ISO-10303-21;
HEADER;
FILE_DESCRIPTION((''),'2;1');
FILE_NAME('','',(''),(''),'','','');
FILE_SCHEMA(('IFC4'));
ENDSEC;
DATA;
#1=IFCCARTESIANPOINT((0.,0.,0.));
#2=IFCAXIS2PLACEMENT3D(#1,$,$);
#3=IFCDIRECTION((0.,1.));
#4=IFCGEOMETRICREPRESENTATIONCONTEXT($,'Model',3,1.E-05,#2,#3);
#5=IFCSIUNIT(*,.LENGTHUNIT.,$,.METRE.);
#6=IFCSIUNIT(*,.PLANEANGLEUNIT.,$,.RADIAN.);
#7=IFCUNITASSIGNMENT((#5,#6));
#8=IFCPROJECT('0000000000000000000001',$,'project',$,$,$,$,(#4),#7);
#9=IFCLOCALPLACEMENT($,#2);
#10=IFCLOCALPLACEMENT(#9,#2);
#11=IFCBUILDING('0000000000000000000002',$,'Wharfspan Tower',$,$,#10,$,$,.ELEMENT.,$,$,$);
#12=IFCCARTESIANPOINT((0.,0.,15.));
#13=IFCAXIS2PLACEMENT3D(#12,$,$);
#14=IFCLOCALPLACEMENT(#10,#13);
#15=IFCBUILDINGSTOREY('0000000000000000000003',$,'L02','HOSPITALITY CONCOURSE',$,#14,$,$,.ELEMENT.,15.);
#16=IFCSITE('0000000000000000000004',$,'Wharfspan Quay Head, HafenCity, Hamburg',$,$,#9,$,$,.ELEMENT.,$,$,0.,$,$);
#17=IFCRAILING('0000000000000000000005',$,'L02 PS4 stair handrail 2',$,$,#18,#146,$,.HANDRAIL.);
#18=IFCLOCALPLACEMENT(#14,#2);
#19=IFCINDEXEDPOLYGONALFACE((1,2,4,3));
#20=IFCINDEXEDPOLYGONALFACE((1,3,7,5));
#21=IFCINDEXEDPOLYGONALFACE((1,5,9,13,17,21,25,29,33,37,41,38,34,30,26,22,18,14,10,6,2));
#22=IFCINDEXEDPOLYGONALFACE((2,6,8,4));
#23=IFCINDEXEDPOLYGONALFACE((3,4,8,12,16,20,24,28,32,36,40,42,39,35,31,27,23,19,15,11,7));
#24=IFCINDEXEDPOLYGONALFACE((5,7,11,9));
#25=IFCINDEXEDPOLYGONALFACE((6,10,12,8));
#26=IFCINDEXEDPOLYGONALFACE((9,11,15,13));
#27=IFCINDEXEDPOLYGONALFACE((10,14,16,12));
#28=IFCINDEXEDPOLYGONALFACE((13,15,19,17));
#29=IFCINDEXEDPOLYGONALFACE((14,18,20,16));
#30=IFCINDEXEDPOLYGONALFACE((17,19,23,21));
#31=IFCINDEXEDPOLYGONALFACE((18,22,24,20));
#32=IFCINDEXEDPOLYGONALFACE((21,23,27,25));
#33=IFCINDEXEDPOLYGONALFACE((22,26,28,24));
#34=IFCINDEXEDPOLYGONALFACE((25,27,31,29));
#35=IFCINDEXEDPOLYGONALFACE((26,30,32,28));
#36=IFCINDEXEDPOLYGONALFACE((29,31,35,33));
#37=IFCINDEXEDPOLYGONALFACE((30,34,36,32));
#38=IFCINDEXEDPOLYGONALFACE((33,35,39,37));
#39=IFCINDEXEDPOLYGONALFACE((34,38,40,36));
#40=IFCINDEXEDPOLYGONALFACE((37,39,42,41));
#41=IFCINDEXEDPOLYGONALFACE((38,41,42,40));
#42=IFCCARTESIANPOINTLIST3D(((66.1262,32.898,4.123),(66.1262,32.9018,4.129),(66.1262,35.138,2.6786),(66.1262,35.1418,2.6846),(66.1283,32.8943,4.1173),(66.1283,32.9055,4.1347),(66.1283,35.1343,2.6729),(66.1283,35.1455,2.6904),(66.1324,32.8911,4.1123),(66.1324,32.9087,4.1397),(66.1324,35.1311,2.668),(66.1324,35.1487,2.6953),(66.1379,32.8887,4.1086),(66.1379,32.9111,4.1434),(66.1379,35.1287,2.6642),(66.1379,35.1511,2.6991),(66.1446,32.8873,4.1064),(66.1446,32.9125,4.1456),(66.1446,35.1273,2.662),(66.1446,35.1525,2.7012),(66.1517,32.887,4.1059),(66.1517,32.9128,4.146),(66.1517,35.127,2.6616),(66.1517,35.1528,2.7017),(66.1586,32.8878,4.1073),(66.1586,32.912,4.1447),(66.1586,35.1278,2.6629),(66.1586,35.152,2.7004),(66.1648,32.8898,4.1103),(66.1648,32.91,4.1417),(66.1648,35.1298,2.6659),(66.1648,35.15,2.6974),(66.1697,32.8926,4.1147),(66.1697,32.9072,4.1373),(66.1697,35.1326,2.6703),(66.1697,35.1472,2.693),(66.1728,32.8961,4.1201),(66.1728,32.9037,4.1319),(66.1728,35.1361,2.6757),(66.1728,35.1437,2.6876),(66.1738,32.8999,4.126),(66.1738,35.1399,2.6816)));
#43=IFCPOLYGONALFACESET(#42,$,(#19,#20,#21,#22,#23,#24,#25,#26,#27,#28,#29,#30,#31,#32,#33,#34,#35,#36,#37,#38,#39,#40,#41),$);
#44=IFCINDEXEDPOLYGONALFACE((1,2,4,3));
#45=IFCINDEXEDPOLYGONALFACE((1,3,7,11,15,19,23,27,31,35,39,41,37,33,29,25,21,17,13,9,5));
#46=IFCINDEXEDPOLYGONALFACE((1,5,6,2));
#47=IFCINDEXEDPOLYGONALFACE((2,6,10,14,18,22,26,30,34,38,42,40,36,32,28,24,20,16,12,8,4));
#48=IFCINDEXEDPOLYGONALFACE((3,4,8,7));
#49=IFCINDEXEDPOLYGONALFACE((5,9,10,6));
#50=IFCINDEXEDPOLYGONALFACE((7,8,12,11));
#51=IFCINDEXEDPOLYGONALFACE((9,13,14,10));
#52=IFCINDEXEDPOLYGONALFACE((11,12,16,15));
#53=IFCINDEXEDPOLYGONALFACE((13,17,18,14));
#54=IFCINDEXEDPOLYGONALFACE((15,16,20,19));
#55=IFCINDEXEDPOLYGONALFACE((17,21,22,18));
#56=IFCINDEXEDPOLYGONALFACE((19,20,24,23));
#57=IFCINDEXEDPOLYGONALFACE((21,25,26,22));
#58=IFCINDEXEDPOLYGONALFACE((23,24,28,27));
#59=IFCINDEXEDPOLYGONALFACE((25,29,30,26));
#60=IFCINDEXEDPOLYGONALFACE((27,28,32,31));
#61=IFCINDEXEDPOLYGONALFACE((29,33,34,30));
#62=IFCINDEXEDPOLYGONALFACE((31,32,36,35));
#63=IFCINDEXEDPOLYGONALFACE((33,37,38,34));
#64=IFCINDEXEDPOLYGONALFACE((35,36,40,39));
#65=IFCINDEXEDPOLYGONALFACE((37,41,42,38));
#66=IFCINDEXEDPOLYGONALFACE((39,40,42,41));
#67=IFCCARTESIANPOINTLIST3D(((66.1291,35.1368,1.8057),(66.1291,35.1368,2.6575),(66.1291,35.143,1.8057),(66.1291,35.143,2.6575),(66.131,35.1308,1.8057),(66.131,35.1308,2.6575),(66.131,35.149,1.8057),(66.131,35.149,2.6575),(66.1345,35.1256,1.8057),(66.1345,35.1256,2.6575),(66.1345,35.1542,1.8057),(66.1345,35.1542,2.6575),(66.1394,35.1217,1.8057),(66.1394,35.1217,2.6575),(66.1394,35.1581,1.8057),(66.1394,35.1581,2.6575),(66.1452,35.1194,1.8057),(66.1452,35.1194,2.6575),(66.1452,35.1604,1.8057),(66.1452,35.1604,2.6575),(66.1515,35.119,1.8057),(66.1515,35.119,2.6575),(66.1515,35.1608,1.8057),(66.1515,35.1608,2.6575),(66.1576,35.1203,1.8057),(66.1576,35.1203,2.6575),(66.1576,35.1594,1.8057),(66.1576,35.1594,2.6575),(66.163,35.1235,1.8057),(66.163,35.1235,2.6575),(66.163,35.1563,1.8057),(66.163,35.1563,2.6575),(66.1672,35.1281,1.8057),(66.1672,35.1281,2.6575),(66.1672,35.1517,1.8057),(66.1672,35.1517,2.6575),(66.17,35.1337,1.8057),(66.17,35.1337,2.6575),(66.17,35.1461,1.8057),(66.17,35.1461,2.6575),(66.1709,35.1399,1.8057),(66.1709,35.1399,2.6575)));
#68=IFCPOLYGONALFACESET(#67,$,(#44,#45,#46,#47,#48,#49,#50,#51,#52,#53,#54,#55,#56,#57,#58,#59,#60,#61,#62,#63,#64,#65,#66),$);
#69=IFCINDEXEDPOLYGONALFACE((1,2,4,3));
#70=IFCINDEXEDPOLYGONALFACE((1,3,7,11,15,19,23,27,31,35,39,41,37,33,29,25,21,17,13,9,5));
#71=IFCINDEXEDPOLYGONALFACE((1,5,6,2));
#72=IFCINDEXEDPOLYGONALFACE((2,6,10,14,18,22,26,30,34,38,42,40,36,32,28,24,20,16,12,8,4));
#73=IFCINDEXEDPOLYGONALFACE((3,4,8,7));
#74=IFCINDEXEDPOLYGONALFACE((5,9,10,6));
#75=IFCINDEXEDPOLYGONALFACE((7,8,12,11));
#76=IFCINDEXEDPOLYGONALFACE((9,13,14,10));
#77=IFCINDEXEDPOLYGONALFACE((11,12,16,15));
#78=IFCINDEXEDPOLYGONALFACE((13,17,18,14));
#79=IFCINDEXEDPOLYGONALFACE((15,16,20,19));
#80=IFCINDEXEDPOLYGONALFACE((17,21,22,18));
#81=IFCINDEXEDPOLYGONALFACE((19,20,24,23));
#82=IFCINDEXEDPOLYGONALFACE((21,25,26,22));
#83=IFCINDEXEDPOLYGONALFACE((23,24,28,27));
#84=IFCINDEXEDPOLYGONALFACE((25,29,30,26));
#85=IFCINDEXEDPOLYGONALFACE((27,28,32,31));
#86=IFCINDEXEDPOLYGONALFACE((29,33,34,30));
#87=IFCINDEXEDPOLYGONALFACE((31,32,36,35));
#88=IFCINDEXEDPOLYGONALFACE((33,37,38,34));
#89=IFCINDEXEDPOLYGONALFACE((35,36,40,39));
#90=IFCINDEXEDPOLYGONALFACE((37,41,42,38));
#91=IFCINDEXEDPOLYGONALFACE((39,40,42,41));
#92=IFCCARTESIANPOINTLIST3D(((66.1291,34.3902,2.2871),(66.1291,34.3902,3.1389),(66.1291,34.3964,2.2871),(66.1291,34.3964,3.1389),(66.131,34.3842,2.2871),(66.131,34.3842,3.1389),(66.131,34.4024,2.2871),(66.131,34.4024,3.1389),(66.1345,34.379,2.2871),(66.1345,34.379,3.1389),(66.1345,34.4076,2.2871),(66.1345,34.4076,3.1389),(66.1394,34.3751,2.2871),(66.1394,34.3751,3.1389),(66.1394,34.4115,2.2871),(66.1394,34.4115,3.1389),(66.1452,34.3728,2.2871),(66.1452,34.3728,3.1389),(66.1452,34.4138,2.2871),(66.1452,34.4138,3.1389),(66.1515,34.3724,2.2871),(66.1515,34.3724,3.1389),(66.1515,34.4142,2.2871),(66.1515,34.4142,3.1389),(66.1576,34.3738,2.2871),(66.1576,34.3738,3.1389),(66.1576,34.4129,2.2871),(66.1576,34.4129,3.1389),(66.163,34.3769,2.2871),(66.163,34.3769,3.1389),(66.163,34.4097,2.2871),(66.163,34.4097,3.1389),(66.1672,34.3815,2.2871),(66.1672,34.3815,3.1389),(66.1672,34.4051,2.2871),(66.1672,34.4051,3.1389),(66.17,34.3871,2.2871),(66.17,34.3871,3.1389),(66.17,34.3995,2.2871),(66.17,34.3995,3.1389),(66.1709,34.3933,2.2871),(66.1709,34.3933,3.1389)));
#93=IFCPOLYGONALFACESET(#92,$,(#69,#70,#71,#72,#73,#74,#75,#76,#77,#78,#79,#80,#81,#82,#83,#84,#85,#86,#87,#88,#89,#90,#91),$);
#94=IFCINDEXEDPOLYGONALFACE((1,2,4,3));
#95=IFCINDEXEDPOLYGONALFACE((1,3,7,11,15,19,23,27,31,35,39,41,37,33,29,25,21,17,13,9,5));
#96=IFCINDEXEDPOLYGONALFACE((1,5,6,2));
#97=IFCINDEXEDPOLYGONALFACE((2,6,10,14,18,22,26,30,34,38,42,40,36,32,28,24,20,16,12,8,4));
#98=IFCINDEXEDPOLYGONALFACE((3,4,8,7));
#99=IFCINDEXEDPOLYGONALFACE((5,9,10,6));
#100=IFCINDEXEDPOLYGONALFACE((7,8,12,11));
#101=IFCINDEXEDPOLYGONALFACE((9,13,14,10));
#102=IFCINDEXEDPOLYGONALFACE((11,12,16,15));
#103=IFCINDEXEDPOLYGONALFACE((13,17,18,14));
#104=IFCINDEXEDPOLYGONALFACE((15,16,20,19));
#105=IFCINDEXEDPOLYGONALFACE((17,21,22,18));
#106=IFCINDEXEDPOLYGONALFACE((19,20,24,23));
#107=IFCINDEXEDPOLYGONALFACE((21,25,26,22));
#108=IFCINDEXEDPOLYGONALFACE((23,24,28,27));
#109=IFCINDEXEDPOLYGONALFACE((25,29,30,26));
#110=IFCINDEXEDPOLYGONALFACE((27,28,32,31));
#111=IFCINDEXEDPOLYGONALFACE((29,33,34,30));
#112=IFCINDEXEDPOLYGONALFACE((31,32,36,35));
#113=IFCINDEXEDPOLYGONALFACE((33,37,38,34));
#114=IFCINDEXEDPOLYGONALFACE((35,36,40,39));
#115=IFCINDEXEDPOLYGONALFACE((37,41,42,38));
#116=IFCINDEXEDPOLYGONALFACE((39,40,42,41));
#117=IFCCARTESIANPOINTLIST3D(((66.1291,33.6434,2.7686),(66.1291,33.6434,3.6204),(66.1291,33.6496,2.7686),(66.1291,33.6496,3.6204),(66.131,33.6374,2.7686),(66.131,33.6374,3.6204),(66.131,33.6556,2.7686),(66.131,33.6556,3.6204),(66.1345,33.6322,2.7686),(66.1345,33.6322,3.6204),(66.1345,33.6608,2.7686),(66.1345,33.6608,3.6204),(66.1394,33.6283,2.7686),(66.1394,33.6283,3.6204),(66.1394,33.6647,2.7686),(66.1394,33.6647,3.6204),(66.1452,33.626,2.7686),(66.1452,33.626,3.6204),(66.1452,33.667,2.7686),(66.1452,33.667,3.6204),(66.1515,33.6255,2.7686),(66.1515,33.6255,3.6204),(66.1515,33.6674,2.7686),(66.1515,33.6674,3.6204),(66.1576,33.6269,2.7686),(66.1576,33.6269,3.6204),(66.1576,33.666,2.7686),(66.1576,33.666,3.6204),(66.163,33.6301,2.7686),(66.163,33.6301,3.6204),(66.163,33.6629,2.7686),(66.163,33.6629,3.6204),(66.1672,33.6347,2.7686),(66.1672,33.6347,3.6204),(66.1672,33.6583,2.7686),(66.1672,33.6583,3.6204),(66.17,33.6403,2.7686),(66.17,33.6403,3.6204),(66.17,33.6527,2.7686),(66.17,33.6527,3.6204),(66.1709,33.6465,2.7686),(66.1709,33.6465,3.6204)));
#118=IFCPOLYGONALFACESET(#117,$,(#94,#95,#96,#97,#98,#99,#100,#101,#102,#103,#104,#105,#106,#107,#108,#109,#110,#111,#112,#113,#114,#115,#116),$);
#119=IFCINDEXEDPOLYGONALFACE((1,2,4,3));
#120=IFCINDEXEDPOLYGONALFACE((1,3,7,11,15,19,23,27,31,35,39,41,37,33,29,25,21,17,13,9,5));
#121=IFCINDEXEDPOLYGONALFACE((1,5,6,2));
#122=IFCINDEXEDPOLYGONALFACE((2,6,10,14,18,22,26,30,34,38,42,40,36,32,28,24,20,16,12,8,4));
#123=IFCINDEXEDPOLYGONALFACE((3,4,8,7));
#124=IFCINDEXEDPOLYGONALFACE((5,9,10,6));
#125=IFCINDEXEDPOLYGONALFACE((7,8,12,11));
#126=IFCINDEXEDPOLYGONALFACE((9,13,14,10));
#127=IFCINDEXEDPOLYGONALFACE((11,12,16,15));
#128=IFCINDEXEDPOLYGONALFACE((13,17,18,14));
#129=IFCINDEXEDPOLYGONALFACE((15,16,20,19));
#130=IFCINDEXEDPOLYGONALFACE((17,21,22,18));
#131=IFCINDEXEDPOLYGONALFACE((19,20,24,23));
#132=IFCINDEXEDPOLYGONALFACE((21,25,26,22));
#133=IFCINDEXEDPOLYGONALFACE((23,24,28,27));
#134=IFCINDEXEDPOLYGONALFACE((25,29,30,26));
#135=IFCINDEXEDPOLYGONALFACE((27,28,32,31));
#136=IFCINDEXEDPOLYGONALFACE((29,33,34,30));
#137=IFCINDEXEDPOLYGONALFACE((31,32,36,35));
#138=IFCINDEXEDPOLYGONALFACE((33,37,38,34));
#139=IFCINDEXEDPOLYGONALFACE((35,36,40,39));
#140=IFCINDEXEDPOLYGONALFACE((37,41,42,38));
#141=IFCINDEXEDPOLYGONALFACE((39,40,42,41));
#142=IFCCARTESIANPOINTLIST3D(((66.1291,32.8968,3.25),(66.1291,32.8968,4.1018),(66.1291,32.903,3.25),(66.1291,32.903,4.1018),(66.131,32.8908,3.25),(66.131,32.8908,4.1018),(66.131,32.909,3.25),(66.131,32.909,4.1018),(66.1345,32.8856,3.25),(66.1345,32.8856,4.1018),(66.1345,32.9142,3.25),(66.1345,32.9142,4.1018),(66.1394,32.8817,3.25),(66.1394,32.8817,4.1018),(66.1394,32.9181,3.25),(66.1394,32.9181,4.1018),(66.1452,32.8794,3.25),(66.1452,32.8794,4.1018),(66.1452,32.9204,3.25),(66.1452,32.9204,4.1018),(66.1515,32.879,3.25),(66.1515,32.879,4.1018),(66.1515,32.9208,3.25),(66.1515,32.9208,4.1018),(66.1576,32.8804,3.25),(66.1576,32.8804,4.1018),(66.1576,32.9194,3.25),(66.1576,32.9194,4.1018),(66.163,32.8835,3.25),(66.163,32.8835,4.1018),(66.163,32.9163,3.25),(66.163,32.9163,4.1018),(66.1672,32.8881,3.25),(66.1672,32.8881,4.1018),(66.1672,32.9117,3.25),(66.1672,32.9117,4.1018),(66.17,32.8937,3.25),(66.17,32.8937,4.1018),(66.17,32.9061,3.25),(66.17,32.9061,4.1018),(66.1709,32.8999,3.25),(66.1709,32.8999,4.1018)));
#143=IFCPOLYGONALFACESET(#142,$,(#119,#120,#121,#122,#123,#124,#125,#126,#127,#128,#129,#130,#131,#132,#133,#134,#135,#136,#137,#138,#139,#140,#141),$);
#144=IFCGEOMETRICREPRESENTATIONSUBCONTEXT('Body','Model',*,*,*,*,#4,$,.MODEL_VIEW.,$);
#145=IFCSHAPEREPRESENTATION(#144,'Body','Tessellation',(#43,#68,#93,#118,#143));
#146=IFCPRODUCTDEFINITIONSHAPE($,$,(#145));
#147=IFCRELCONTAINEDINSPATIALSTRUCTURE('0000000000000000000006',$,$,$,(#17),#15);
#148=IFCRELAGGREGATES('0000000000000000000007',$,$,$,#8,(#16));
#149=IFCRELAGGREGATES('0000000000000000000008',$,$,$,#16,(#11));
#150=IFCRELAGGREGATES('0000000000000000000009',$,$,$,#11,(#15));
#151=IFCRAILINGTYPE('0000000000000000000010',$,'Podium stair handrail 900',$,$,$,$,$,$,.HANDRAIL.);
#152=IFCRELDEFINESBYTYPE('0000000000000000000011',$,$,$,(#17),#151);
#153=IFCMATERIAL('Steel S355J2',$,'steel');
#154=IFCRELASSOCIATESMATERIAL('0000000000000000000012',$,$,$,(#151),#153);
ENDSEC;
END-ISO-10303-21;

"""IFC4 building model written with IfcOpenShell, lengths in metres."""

from ifc_helpers import new_model, si_unit, direction, frame, origin, origin_2d, place, context, subcontext, project, spatial, circle, extrude, material, type_object, element, save


model = new_model("IFC4")

# Units and contexts
model_context = context("Model", 3, precision=1e-05, world=origin(), true_north=direction((0.0, 1.0)))
body_context = subcontext(model_context, "Body", "Model", "MODEL_VIEW")
ifc_project = project(units=[si_unit("LENGTHUNIT", "METRE"), si_unit("PLANEANGLEUNIT", "RADIAN")], contexts=[model_context])

# Site, building, storey
site_placement = place(None, origin())
site = spatial("IfcSite", under=ifc_project, at=site_placement, Name="Wharfspan Quay Head, HafenCity, Hamburg", CompositionType="ELEMENT", RefElevation=0.0)
building_placement = place(site_placement, origin())
building = spatial("IfcBuilding", under=site, at=building_placement, Name="Wharfspan Tower", CompositionType="ELEMENT")
storey_placement = place(building_placement, frame((0.0, 0.0, 15.0)))
storey = spatial("IfcBuildingStorey", under=building, at=storey_placement, Name="L02", Description="HOSPITALITY CONCOURSE", CompositionType="ELEMENT", Elevation=15.0)

# Railing
ifc_material_1 = material(Name="Steel S355J2", Category="steel")
railing_type_1 = type_object("IfcRailingType", Name="Podium stair handrail 900", PredefinedType="HANDRAIL", material=ifc_material_1)
railing_1_placement = place(storey_placement, frame((66.1499, 35.1399, 1.8057)))
element("IfcRailing", 1, at=railing_1_placement, inside=storey, type_object=railing_type_1, Name="L02 PS4 stair handrail 2", PredefinedType="HANDRAIL", context=body_context, shape_type="SweptSolid", body=[
    extrude(circle(Radius=0.0239, at=origin_2d()), frame((0.0, 0.0, 0.876), z_axis=(0.0, -0.840437, 0.54191), x_axis=(1.0, 0.0, 0.0)), (0.0, 0.0, 1.0), 2.6653),
    extrude(circle(Radius=0.021, at=origin_2d()), origin(), (0.0, 0.0, 1.0), 0.8518),
    extrude(circle(Radius=0.021, at=origin_2d()), frame((0.0, -0.7466, 0.4814)), (0.0, 0.0, 1.0), 0.8518),
    extrude(circle(Radius=0.021, at=origin_2d()), frame((0.0, -1.4934, 0.9629)), (0.0, 0.0, 1.0), 0.8518),
    extrude(circle(Radius=0.021, at=origin_2d()), frame((0.0, -2.24, 1.4443)), (0.0, 0.0, 1.0), 0.8518),
])

save(model, "model.ifc")
